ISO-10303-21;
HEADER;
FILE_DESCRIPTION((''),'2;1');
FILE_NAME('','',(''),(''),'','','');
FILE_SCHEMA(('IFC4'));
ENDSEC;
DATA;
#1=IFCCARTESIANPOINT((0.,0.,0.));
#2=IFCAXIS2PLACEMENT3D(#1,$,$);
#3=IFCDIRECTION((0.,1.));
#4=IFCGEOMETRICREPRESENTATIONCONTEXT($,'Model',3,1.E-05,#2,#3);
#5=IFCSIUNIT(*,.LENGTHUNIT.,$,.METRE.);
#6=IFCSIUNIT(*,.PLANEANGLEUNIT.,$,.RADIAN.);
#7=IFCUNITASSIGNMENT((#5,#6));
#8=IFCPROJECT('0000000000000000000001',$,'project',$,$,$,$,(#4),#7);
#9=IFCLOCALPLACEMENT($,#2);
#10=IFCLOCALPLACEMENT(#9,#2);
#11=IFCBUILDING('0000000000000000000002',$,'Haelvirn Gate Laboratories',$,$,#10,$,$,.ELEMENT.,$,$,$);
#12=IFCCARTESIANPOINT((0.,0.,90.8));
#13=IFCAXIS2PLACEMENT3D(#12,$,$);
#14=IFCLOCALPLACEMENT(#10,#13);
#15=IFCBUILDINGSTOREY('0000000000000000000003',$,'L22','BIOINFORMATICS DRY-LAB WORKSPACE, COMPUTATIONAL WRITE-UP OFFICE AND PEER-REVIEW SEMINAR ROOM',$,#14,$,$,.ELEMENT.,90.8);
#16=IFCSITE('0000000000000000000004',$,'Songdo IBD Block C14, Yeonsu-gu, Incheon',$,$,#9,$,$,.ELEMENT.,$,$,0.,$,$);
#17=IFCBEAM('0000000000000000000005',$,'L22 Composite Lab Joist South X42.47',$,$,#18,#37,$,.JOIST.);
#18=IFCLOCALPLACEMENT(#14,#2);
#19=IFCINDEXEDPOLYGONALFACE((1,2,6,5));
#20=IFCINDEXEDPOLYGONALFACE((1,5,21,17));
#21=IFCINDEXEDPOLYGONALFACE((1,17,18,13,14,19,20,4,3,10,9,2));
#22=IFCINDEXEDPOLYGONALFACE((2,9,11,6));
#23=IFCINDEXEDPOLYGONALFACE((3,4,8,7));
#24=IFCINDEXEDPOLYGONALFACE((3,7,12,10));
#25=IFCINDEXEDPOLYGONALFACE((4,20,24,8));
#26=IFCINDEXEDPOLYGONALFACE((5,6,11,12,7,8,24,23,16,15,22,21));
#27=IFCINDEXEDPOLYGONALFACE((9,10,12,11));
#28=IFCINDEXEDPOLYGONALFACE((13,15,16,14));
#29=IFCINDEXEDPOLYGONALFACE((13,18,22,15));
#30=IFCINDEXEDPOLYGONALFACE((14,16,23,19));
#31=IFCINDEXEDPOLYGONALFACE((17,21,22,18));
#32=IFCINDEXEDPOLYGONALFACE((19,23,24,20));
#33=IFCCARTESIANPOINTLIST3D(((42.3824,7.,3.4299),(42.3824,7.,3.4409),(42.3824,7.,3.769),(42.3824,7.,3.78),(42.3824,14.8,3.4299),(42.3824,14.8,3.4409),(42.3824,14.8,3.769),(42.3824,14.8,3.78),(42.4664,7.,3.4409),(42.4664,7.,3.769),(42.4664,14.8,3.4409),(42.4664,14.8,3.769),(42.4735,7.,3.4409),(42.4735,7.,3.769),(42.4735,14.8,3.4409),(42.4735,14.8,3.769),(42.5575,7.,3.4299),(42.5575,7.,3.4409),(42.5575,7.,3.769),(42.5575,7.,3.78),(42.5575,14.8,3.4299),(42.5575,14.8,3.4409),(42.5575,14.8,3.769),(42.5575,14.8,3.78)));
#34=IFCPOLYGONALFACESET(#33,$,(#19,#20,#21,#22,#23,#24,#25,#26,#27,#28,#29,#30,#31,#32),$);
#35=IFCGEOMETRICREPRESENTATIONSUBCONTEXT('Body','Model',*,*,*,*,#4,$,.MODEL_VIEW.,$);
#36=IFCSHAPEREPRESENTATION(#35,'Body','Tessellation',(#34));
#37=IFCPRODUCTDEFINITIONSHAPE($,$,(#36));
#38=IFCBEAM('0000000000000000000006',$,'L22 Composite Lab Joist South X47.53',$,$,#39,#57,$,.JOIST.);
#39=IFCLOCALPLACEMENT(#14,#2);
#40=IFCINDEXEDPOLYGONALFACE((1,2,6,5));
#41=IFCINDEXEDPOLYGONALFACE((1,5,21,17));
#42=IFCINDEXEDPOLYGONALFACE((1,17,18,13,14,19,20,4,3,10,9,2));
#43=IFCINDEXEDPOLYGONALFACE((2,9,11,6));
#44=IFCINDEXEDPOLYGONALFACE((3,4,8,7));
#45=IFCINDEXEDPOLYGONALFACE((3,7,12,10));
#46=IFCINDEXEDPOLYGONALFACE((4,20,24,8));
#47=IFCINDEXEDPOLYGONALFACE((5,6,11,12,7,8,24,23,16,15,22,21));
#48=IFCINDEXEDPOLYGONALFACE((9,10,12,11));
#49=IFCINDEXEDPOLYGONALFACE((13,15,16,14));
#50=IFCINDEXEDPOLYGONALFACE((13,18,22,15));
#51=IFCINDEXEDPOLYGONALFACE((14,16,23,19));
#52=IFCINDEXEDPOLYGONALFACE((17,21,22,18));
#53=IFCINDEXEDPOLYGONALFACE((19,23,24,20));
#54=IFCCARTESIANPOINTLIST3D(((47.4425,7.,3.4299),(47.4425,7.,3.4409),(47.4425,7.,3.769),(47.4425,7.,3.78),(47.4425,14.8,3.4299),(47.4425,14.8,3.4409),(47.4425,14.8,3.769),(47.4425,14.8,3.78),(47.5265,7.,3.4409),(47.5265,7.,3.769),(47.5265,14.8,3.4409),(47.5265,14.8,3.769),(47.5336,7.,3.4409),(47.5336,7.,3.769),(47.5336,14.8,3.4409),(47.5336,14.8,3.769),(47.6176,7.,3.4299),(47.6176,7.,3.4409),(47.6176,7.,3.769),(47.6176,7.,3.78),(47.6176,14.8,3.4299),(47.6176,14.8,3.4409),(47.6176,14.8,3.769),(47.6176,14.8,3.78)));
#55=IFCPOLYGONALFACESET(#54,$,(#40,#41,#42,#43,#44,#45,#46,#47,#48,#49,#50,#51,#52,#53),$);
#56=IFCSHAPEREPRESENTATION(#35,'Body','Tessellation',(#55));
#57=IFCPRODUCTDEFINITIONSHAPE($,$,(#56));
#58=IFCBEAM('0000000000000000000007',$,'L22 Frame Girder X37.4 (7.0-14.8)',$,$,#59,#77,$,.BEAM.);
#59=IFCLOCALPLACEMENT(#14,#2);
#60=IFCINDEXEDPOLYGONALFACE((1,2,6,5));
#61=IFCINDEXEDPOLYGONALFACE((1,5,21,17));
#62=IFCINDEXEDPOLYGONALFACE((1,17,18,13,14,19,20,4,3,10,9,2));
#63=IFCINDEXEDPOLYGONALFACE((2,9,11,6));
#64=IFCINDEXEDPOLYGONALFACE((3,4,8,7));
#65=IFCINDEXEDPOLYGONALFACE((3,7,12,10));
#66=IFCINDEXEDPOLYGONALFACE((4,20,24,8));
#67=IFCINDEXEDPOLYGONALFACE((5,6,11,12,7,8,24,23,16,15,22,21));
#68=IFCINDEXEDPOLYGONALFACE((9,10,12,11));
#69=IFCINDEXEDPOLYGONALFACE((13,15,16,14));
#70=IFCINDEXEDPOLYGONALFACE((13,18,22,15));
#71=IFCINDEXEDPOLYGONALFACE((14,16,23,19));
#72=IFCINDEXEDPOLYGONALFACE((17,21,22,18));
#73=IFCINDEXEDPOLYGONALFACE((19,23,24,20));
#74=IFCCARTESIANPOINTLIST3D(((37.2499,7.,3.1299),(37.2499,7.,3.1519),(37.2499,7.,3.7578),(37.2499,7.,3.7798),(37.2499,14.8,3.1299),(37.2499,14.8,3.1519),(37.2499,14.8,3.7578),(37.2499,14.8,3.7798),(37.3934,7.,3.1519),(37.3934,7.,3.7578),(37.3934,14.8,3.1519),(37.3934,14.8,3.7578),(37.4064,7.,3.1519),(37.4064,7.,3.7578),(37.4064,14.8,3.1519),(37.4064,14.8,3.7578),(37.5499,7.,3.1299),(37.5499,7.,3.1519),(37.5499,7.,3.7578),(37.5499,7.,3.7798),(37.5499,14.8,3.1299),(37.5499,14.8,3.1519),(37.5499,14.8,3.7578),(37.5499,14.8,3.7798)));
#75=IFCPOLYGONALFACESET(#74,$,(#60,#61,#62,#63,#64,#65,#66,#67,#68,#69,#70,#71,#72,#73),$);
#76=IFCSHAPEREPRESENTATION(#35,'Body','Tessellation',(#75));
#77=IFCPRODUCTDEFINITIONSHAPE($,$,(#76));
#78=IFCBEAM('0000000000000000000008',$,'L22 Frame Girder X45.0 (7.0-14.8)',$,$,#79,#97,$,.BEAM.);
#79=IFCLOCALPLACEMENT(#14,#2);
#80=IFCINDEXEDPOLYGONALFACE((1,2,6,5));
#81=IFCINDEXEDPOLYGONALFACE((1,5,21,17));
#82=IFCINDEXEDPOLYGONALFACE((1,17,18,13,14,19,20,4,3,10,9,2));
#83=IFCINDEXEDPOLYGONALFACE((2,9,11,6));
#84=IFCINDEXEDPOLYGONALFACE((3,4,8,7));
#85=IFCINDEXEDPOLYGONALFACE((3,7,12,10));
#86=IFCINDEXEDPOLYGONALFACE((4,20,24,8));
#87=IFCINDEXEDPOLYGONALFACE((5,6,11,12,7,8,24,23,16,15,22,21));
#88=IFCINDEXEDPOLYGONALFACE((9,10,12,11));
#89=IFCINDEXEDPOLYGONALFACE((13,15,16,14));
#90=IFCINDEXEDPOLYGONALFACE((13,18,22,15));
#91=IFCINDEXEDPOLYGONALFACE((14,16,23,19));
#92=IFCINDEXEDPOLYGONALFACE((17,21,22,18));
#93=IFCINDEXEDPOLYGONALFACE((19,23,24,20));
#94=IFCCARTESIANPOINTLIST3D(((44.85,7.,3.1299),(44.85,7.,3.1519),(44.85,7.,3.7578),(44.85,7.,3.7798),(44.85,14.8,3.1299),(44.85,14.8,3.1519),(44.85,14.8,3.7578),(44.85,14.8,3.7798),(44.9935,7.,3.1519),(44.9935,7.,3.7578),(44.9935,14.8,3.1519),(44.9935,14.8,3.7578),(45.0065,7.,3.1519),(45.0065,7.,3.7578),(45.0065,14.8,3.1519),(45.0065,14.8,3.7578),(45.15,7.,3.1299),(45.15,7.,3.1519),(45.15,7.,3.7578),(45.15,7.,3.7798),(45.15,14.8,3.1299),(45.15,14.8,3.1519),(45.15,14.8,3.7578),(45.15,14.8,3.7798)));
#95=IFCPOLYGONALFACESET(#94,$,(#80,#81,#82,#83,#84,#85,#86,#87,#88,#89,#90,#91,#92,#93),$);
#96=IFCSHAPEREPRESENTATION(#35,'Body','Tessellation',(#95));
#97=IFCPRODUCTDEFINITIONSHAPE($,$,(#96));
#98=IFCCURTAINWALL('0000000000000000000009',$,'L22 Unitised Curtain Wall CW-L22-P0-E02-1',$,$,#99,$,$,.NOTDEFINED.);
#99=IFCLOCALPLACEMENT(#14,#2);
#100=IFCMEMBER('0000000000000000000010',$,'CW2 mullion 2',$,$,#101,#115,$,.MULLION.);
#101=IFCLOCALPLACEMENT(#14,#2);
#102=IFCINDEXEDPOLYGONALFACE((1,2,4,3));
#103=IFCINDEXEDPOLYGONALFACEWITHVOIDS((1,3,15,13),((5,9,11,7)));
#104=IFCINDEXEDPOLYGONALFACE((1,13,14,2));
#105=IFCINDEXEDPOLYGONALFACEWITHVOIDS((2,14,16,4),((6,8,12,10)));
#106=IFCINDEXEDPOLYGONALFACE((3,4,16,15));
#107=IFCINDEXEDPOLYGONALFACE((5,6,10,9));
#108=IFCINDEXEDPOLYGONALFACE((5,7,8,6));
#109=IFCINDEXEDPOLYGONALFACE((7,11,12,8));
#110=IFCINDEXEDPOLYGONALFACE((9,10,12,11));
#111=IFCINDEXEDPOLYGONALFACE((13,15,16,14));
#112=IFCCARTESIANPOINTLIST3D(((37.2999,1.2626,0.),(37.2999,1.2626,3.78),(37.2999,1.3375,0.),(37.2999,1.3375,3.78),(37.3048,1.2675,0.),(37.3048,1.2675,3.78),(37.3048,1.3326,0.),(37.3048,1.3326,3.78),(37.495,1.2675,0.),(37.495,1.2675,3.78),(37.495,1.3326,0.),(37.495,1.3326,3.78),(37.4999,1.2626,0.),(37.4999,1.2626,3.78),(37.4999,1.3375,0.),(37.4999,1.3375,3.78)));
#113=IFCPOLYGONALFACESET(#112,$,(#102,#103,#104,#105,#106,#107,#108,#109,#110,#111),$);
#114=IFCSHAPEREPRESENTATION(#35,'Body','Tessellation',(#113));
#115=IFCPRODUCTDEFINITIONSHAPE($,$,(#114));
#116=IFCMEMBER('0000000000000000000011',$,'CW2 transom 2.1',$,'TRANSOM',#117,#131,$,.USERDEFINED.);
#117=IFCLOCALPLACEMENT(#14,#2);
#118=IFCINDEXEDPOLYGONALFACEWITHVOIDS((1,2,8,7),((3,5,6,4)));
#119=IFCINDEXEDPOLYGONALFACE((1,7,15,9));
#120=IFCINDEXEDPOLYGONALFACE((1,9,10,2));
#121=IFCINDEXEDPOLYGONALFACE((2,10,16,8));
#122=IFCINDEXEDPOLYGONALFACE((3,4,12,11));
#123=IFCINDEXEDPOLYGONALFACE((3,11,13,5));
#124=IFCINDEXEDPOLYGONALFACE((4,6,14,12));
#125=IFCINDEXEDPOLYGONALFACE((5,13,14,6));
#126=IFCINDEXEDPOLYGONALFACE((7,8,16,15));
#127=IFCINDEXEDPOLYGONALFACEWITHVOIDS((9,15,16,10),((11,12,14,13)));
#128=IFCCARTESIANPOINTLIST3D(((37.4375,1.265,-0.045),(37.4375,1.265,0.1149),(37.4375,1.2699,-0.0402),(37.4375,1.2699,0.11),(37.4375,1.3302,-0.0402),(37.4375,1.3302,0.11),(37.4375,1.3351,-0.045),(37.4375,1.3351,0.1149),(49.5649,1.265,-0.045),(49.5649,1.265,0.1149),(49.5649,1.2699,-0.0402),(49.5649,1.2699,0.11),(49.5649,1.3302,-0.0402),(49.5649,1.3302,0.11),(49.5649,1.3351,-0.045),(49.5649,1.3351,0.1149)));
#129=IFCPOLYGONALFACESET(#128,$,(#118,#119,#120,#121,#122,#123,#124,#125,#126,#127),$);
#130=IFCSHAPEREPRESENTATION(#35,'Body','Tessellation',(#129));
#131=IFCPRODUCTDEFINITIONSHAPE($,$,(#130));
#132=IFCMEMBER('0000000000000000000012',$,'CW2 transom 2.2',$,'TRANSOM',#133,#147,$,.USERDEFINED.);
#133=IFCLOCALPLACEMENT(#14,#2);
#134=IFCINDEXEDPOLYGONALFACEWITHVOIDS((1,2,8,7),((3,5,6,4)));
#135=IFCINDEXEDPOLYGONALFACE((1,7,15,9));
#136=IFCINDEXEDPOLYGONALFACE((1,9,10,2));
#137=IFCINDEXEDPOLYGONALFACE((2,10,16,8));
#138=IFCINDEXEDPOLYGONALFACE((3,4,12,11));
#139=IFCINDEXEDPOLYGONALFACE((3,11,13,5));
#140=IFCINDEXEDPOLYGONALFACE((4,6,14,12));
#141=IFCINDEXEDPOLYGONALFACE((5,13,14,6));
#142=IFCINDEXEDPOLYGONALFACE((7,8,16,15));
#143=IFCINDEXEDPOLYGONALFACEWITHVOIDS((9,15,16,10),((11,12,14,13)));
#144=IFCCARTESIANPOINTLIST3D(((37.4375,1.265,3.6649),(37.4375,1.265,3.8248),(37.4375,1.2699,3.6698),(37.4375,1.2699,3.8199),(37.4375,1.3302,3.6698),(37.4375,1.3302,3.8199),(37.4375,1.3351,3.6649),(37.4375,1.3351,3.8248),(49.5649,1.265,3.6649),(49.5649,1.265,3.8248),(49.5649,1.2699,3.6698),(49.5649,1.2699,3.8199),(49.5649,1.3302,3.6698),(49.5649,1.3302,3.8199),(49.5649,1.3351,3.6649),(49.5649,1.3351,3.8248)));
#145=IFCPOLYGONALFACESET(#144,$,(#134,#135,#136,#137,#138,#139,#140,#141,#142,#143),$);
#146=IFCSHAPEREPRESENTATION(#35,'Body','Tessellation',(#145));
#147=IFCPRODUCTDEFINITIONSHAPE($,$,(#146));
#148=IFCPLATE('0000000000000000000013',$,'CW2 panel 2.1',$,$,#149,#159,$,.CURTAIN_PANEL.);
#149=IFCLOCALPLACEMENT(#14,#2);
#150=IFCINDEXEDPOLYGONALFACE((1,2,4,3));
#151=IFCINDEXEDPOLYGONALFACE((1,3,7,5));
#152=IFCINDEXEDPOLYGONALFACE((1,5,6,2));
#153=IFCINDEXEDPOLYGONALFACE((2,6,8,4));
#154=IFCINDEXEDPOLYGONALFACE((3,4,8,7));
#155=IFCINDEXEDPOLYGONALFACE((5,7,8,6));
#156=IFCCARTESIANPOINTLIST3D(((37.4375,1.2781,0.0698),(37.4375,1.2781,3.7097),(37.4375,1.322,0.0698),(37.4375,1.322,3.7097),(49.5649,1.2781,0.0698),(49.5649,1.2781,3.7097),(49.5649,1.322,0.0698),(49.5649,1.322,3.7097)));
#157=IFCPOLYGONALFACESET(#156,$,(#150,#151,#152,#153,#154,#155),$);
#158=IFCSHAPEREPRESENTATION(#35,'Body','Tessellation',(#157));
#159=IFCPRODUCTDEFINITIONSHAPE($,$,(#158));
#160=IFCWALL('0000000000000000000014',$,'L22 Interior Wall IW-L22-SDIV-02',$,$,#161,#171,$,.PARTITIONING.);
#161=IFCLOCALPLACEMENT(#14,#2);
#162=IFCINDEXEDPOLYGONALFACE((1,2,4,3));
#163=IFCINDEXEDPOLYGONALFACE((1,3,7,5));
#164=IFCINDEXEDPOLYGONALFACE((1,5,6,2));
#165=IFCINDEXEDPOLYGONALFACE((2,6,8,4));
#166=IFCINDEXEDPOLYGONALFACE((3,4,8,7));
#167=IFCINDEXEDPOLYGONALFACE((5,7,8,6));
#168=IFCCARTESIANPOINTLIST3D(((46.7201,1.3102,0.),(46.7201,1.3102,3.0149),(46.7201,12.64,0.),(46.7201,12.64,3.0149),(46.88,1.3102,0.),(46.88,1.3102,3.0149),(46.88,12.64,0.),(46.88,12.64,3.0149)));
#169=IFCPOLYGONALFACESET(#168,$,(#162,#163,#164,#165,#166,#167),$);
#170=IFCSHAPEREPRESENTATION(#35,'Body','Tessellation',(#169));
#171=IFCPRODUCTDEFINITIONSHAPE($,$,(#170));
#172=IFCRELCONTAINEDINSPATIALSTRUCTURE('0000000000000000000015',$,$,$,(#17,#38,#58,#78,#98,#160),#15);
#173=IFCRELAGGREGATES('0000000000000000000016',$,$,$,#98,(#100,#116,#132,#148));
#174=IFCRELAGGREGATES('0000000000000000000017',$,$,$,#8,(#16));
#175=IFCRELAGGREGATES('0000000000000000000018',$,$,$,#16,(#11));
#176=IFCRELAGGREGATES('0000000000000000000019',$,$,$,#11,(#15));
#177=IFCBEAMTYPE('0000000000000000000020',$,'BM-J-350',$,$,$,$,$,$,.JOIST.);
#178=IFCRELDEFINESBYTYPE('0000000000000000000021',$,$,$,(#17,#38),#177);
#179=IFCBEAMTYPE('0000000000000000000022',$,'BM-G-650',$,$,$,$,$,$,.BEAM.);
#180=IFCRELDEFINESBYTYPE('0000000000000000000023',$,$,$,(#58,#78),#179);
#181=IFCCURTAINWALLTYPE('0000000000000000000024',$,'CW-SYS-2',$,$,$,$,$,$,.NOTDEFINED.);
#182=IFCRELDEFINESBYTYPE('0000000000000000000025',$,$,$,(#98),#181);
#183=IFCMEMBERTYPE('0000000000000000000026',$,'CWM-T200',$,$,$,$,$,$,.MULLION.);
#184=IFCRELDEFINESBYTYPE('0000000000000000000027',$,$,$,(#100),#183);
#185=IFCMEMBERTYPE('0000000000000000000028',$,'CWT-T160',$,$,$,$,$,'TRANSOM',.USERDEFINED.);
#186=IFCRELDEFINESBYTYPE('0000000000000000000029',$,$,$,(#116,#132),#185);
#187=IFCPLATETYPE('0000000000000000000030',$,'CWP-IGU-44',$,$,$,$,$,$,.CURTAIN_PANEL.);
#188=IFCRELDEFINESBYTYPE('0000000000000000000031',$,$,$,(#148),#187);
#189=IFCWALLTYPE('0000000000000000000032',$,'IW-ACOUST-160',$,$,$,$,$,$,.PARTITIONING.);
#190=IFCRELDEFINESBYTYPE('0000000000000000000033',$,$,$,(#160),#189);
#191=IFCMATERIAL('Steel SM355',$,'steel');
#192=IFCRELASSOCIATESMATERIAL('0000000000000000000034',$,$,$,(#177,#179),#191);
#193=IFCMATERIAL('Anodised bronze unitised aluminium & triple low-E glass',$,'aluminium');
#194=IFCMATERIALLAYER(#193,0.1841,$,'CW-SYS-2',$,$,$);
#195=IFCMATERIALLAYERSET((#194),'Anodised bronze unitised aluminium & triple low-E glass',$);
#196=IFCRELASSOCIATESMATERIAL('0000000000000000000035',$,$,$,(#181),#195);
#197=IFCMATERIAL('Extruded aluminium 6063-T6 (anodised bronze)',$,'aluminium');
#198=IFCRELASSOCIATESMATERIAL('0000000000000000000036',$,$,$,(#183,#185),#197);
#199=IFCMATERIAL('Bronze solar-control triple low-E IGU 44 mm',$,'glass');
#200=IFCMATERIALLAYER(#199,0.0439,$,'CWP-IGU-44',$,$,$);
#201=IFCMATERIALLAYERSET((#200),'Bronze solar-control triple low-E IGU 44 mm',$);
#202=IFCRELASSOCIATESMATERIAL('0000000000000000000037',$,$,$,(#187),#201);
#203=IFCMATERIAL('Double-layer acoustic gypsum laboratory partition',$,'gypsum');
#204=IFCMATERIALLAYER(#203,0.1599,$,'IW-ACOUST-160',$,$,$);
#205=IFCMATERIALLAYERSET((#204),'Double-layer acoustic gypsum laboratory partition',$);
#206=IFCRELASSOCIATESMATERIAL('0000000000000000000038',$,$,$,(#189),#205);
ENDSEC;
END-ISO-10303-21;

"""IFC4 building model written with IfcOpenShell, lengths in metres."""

from ifc_helpers import new_model, si_unit, direction, frame, frame_2d, origin, origin_2d, place, context, subcontext, project, spatial, rectangle, hollow_rectangle, i_section, extrude, source, transform, mapped, material, layer, layer_set, material_profile, profile_set, type_object, type_shapes, element, aggregate, save


model = new_model("IFC4")

# Units and contexts
model_context = context("Model", 3, precision=1e-05, world=origin(), true_north=direction((0.0, 1.0)))
body_context = subcontext(model_context, "Body", "Model", "MODEL_VIEW")
ifc_project = project(units=[si_unit("LENGTHUNIT", "METRE"), si_unit("PLANEANGLEUNIT", "RADIAN")], contexts=[model_context])

# Site, building, storey
site_placement = place(None, origin())
site = spatial("IfcSite", under=ifc_project, at=site_placement, Name="Songdo IBD Block C14, Yeonsu-gu, Incheon", CompositionType="ELEMENT", RefElevation=0.0)
building_placement = place(site_placement, origin())
building = spatial("IfcBuilding", under=site, at=building_placement, Name="Haelvirn Gate Laboratories", CompositionType="ELEMENT")
storey_placement = place(building_placement, frame((0.0, 0.0, 90.8)))
storey = spatial("IfcBuildingStorey", under=building, at=storey_placement, Name="L22", Description="BIOINFORMATICS DRY-LAB WORKSPACE, COMPUTATIONAL WRITE-UP OFFICE AND PEER-REVIEW SEMINAR ROOM", CompositionType="ELEMENT", Elevation=90.8)

# Beams
ifc_material_1 = material(Name="Steel SM355", Category="steel")
ifc_material_profile_1 = material_profile(ifc_material_1, i_section(OverallWidth=0.175, OverallDepth=0.3501, WebThickness=0.0071, FlangeThickness=0.011, at=origin_2d()), Name="H-350x175x7x11")
ifc_profile_set_1 = profile_set([ifc_material_profile_1], Name="Steel SM355")
beam_type_1 = type_object("IfcBeamType", Name="BM-J-350", PredefinedType="JOIST", material=ifc_profile_set_1)
shared_shape_1 = source(origin(), body_context, "Body", "SweptSolid", [
    extrude(i_section(OverallWidth=0.175, OverallDepth=0.3501, WebThickness=0.0071, FlangeThickness=0.011, at=origin_2d()), origin(), (0.0, 0.0, 1.0), 7.8),
])
type_shapes(beam_type_1, [shared_shape_1])
for number, where, z_axis, x_axis, name in (
    (1, (42.47, 7.0, 3.605), (0.0, 1.0, 0.0), (-1.0, 0.0, 0.0), "L22 Composite Lab Joist South X42.47"),
    (2, (47.53, 7.0, 3.605), (0.0, 1.0, 0.0), (-1.0, 0.0, 0.0), "L22 Composite Lab Joist South X47.53"),
):
    element("IfcBeam", number, at=place(storey_placement, frame(where, z_axis=z_axis, x_axis=x_axis)), inside=storey, type_object=beam_type_1, Name=name, PredefinedType="JOIST", context=body_context, shape_type="MappedRepresentation", body=[
        mapped(shared_shape_1, transform((0.0, 0.0, 0.0), scale=1.0)),
    ])
ifc_material_profile_2 = material_profile(ifc_material_1, i_section(OverallWidth=0.3, OverallDepth=0.6499, WebThickness=0.0129, FlangeThickness=0.022, at=origin_2d()), Name="H-650x300x13x22")
ifc_profile_set_2 = profile_set([ifc_material_profile_2], Name="Steel SM355")
beam_type_2 = type_object("IfcBeamType", Name="BM-G-650", PredefinedType="BEAM", material=ifc_profile_set_2)
shared_shape_2 = source(origin(), body_context, "Body", "SweptSolid", [
    extrude(i_section(OverallWidth=0.3, OverallDepth=0.6499, WebThickness=0.0129, FlangeThickness=0.022, at=origin_2d()), origin(), (0.0, 0.0, 1.0), 7.8),
])
type_shapes(beam_type_2, [shared_shape_2])
for number, where, z_axis, x_axis, name in (
    (3, (37.3999, 7.0, 3.4548), (0.0, 1.0, 0.0), (-1.0, 0.0, 0.0), "L22 Frame Girder X37.4 (7.0-14.8)"),
    (4, (45.0, 7.0, 3.4548), (0.0, 1.0, 0.0), (-1.0, 0.0, 0.0), "L22 Frame Girder X45.0 (7.0-14.8)"),
):
    element("IfcBeam", number, at=place(storey_placement, frame(where, z_axis=z_axis, x_axis=x_axis)), inside=storey, type_object=beam_type_2, Name=name, PredefinedType="BEAM", context=body_context, shape_type="MappedRepresentation", body=[
        mapped(shared_shape_2, transform((0.0, 0.0, 0.0), scale=1.0)),
    ])

# Curtain wall, members, plate
ifc_material_2 = material(Name="Anodised bronze unitised aluminium & triple low-E glass", Category="aluminium")
ifc_layer_1 = layer(ifc_material_2, 0.1841, Name="CW-SYS-2")
ifc_layer_set_1 = layer_set([ifc_layer_1], Name="Anodised bronze unitised aluminium & triple low-E glass")
curtain_wall_type = type_object("IfcCurtainWallType", Name="CW-SYS-2", PredefinedType="NOTDEFINED", material=ifc_layer_set_1)
curtain_wall_placement = place(storey_placement, origin())
curtain_wall = element("IfcCurtainWall", 5, at=curtain_wall_placement, inside=storey, type_object=curtain_wall_type, Name="L22 Unitised Curtain Wall CW-L22-P0-E02-1", PredefinedType="NOTDEFINED")
ifc_material_3 = material(Name="Extruded aluminium 6063-T6 (anodised bronze)", Category="aluminium")
ifc_material_profile_3 = material_profile(ifc_material_3, hollow_rectangle(XDim=0.075, YDim=0.2, WallThickness=0.0049, at=origin_2d()), Name="CWM-200x75x5")
ifc_profile_set_3 = profile_set([ifc_material_profile_3], Name="Extruded aluminium 6063-T6 (anodised bronze)")
member_type_1 = type_object("IfcMemberType", Name="CWM-T200", PredefinedType="MULLION", material=ifc_profile_set_3)
shared_shape_3 = source(origin(), body_context, "Body", "SweptSolid", [
    extrude(hollow_rectangle(XDim=0.075, YDim=0.2, WallThickness=0.0049, at=origin_2d()), origin(), (0.0, 0.0, 1.0), 3.78),
])
type_shapes(member_type_1, [shared_shape_3])
member_1_placement = place(storey_placement, frame((37.3999, 1.3, 0.0), z_axis=(0.0, 0.0, 1.0), x_axis=(0.0, 1.0, 0.0)))
member_1 = element("IfcMember", 6, at=member_1_placement, type_object=member_type_1, Name="CW2 mullion 2", PredefinedType="MULLION", context=body_context, shape_type="MappedRepresentation", body=[
    mapped(shared_shape_3, transform((0.0, 0.0, 0.0), scale=1.0)),
])
ifc_material_profile_4 = material_profile(ifc_material_3, hollow_rectangle(XDim=0.0701, YDim=0.1599, WallThickness=0.0049, at=origin_2d()), Name="CWT-160x70x5")
ifc_profile_set_4 = profile_set([ifc_material_profile_4], Name="Extruded aluminium 6063-T6 (anodised bronze)")
member_type_2 = type_object("IfcMemberType", Name="CWT-T160", ElementType="TRANSOM", PredefinedType="USERDEFINED", material=ifc_profile_set_4)
shared_shape_4 = source(origin(), body_context, "Body", "SweptSolid", [
    extrude(hollow_rectangle(XDim=0.0701, YDim=0.1599, WallThickness=0.0049, at=origin_2d()), origin(), (0.0, 0.0, 1.0), 12.1274),
])
type_shapes(member_type_2, [shared_shape_4])
member_2_placement = place(storey_placement, frame((37.4375, 1.3, 0.0349), z_axis=(1.0, 0.0, 0.0), x_axis=(0.0, 1.0, 0.0)))
member_2 = element("IfcMember", 7, at=member_2_placement, type_object=member_type_2, Name="CW2 transom 2.1", ObjectType="TRANSOM", PredefinedType="USERDEFINED", context=body_context, shape_type="MappedRepresentation", body=[
    mapped(shared_shape_4, transform((0.0, 0.0, 0.0), scale=1.0)),
])
member_3_placement = place(storey_placement, frame((37.4375, 1.3, 3.7449), z_axis=(1.0, 0.0, 0.0), x_axis=(0.0, 1.0, 0.0)))
member_3 = element("IfcMember", 8, at=member_3_placement, type_object=member_type_2, Name="CW2 transom 2.2", ObjectType="TRANSOM", PredefinedType="USERDEFINED", context=body_context, shape_type="MappedRepresentation", body=[
    mapped(shared_shape_4, transform((0.0, 0.0, 0.0), scale=1.0)),
])
ifc_material_4 = material(Name="Bronze solar-control triple low-E IGU 44 mm", Category="glass")
ifc_layer_2 = layer(ifc_material_4, 0.0439, Name="CWP-IGU-44")
ifc_layer_set_2 = layer_set([ifc_layer_2], Name="Bronze solar-control triple low-E IGU 44 mm")
plate_type = type_object("IfcPlateType", Name="CWP-IGU-44", PredefinedType="CURTAIN_PANEL", material=ifc_layer_set_2)
shared_shape_5 = source(origin(), body_context, "Body", "SweptSolid", [
    extrude(rectangle(XDim=12.1274, YDim=0.0439, at=origin_2d()), origin(), (0.0, 0.0, 1.0), 3.6399),
])
type_shapes(plate_type, [shared_shape_5])
plate_placement = place(storey_placement, frame((43.5012, 1.3, 0.0698), z_axis=(0.0, 0.0, 1.0), x_axis=(1.0, 0.0, 0.0)))
plate = element("IfcPlate", 9, at=plate_placement, type_object=plate_type, Name="CW2 panel 2.1", PredefinedType="CURTAIN_PANEL", context=body_context, shape_type="MappedRepresentation", body=[
    mapped(shared_shape_5, transform((0.0, 0.0, 0.0), scale=1.0)),
])
aggregate(curtain_wall, [member_1, member_2, member_3, plate])

# Wall
ifc_material_5 = material(Name="Double-layer acoustic gypsum laboratory partition", Category="gypsum")
ifc_layer_3 = layer(ifc_material_5, 0.1599, Name="IW-ACOUST-160")
ifc_layer_set_3 = layer_set([ifc_layer_3], Name="Double-layer acoustic gypsum laboratory partition")
wall_type_1 = type_object("IfcWallType", Name="IW-ACOUST-160", PredefinedType="PARTITIONING", material=ifc_layer_set_3)
wall_1_placement = place(storey_placement, frame((46.8, 1.3101, 0.0), z_axis=(0.0, 0.0, 1.0), x_axis=(0.0, 1.0, 0.0)))
element("IfcWall", 10, at=wall_1_placement, inside=storey, type_object=wall_type_1, Name="L22 Interior Wall IW-L22-SDIV-02", PredefinedType="PARTITIONING", context=body_context, shape_type="SweptSolid", body=[
    extrude(rectangle(XDim=11.3298, YDim=0.1599, at=frame_2d((5.665, 0.0))), origin(), (0.0, 0.0, 1.0), 3.0149),
])

save(model, "model.ifc")
